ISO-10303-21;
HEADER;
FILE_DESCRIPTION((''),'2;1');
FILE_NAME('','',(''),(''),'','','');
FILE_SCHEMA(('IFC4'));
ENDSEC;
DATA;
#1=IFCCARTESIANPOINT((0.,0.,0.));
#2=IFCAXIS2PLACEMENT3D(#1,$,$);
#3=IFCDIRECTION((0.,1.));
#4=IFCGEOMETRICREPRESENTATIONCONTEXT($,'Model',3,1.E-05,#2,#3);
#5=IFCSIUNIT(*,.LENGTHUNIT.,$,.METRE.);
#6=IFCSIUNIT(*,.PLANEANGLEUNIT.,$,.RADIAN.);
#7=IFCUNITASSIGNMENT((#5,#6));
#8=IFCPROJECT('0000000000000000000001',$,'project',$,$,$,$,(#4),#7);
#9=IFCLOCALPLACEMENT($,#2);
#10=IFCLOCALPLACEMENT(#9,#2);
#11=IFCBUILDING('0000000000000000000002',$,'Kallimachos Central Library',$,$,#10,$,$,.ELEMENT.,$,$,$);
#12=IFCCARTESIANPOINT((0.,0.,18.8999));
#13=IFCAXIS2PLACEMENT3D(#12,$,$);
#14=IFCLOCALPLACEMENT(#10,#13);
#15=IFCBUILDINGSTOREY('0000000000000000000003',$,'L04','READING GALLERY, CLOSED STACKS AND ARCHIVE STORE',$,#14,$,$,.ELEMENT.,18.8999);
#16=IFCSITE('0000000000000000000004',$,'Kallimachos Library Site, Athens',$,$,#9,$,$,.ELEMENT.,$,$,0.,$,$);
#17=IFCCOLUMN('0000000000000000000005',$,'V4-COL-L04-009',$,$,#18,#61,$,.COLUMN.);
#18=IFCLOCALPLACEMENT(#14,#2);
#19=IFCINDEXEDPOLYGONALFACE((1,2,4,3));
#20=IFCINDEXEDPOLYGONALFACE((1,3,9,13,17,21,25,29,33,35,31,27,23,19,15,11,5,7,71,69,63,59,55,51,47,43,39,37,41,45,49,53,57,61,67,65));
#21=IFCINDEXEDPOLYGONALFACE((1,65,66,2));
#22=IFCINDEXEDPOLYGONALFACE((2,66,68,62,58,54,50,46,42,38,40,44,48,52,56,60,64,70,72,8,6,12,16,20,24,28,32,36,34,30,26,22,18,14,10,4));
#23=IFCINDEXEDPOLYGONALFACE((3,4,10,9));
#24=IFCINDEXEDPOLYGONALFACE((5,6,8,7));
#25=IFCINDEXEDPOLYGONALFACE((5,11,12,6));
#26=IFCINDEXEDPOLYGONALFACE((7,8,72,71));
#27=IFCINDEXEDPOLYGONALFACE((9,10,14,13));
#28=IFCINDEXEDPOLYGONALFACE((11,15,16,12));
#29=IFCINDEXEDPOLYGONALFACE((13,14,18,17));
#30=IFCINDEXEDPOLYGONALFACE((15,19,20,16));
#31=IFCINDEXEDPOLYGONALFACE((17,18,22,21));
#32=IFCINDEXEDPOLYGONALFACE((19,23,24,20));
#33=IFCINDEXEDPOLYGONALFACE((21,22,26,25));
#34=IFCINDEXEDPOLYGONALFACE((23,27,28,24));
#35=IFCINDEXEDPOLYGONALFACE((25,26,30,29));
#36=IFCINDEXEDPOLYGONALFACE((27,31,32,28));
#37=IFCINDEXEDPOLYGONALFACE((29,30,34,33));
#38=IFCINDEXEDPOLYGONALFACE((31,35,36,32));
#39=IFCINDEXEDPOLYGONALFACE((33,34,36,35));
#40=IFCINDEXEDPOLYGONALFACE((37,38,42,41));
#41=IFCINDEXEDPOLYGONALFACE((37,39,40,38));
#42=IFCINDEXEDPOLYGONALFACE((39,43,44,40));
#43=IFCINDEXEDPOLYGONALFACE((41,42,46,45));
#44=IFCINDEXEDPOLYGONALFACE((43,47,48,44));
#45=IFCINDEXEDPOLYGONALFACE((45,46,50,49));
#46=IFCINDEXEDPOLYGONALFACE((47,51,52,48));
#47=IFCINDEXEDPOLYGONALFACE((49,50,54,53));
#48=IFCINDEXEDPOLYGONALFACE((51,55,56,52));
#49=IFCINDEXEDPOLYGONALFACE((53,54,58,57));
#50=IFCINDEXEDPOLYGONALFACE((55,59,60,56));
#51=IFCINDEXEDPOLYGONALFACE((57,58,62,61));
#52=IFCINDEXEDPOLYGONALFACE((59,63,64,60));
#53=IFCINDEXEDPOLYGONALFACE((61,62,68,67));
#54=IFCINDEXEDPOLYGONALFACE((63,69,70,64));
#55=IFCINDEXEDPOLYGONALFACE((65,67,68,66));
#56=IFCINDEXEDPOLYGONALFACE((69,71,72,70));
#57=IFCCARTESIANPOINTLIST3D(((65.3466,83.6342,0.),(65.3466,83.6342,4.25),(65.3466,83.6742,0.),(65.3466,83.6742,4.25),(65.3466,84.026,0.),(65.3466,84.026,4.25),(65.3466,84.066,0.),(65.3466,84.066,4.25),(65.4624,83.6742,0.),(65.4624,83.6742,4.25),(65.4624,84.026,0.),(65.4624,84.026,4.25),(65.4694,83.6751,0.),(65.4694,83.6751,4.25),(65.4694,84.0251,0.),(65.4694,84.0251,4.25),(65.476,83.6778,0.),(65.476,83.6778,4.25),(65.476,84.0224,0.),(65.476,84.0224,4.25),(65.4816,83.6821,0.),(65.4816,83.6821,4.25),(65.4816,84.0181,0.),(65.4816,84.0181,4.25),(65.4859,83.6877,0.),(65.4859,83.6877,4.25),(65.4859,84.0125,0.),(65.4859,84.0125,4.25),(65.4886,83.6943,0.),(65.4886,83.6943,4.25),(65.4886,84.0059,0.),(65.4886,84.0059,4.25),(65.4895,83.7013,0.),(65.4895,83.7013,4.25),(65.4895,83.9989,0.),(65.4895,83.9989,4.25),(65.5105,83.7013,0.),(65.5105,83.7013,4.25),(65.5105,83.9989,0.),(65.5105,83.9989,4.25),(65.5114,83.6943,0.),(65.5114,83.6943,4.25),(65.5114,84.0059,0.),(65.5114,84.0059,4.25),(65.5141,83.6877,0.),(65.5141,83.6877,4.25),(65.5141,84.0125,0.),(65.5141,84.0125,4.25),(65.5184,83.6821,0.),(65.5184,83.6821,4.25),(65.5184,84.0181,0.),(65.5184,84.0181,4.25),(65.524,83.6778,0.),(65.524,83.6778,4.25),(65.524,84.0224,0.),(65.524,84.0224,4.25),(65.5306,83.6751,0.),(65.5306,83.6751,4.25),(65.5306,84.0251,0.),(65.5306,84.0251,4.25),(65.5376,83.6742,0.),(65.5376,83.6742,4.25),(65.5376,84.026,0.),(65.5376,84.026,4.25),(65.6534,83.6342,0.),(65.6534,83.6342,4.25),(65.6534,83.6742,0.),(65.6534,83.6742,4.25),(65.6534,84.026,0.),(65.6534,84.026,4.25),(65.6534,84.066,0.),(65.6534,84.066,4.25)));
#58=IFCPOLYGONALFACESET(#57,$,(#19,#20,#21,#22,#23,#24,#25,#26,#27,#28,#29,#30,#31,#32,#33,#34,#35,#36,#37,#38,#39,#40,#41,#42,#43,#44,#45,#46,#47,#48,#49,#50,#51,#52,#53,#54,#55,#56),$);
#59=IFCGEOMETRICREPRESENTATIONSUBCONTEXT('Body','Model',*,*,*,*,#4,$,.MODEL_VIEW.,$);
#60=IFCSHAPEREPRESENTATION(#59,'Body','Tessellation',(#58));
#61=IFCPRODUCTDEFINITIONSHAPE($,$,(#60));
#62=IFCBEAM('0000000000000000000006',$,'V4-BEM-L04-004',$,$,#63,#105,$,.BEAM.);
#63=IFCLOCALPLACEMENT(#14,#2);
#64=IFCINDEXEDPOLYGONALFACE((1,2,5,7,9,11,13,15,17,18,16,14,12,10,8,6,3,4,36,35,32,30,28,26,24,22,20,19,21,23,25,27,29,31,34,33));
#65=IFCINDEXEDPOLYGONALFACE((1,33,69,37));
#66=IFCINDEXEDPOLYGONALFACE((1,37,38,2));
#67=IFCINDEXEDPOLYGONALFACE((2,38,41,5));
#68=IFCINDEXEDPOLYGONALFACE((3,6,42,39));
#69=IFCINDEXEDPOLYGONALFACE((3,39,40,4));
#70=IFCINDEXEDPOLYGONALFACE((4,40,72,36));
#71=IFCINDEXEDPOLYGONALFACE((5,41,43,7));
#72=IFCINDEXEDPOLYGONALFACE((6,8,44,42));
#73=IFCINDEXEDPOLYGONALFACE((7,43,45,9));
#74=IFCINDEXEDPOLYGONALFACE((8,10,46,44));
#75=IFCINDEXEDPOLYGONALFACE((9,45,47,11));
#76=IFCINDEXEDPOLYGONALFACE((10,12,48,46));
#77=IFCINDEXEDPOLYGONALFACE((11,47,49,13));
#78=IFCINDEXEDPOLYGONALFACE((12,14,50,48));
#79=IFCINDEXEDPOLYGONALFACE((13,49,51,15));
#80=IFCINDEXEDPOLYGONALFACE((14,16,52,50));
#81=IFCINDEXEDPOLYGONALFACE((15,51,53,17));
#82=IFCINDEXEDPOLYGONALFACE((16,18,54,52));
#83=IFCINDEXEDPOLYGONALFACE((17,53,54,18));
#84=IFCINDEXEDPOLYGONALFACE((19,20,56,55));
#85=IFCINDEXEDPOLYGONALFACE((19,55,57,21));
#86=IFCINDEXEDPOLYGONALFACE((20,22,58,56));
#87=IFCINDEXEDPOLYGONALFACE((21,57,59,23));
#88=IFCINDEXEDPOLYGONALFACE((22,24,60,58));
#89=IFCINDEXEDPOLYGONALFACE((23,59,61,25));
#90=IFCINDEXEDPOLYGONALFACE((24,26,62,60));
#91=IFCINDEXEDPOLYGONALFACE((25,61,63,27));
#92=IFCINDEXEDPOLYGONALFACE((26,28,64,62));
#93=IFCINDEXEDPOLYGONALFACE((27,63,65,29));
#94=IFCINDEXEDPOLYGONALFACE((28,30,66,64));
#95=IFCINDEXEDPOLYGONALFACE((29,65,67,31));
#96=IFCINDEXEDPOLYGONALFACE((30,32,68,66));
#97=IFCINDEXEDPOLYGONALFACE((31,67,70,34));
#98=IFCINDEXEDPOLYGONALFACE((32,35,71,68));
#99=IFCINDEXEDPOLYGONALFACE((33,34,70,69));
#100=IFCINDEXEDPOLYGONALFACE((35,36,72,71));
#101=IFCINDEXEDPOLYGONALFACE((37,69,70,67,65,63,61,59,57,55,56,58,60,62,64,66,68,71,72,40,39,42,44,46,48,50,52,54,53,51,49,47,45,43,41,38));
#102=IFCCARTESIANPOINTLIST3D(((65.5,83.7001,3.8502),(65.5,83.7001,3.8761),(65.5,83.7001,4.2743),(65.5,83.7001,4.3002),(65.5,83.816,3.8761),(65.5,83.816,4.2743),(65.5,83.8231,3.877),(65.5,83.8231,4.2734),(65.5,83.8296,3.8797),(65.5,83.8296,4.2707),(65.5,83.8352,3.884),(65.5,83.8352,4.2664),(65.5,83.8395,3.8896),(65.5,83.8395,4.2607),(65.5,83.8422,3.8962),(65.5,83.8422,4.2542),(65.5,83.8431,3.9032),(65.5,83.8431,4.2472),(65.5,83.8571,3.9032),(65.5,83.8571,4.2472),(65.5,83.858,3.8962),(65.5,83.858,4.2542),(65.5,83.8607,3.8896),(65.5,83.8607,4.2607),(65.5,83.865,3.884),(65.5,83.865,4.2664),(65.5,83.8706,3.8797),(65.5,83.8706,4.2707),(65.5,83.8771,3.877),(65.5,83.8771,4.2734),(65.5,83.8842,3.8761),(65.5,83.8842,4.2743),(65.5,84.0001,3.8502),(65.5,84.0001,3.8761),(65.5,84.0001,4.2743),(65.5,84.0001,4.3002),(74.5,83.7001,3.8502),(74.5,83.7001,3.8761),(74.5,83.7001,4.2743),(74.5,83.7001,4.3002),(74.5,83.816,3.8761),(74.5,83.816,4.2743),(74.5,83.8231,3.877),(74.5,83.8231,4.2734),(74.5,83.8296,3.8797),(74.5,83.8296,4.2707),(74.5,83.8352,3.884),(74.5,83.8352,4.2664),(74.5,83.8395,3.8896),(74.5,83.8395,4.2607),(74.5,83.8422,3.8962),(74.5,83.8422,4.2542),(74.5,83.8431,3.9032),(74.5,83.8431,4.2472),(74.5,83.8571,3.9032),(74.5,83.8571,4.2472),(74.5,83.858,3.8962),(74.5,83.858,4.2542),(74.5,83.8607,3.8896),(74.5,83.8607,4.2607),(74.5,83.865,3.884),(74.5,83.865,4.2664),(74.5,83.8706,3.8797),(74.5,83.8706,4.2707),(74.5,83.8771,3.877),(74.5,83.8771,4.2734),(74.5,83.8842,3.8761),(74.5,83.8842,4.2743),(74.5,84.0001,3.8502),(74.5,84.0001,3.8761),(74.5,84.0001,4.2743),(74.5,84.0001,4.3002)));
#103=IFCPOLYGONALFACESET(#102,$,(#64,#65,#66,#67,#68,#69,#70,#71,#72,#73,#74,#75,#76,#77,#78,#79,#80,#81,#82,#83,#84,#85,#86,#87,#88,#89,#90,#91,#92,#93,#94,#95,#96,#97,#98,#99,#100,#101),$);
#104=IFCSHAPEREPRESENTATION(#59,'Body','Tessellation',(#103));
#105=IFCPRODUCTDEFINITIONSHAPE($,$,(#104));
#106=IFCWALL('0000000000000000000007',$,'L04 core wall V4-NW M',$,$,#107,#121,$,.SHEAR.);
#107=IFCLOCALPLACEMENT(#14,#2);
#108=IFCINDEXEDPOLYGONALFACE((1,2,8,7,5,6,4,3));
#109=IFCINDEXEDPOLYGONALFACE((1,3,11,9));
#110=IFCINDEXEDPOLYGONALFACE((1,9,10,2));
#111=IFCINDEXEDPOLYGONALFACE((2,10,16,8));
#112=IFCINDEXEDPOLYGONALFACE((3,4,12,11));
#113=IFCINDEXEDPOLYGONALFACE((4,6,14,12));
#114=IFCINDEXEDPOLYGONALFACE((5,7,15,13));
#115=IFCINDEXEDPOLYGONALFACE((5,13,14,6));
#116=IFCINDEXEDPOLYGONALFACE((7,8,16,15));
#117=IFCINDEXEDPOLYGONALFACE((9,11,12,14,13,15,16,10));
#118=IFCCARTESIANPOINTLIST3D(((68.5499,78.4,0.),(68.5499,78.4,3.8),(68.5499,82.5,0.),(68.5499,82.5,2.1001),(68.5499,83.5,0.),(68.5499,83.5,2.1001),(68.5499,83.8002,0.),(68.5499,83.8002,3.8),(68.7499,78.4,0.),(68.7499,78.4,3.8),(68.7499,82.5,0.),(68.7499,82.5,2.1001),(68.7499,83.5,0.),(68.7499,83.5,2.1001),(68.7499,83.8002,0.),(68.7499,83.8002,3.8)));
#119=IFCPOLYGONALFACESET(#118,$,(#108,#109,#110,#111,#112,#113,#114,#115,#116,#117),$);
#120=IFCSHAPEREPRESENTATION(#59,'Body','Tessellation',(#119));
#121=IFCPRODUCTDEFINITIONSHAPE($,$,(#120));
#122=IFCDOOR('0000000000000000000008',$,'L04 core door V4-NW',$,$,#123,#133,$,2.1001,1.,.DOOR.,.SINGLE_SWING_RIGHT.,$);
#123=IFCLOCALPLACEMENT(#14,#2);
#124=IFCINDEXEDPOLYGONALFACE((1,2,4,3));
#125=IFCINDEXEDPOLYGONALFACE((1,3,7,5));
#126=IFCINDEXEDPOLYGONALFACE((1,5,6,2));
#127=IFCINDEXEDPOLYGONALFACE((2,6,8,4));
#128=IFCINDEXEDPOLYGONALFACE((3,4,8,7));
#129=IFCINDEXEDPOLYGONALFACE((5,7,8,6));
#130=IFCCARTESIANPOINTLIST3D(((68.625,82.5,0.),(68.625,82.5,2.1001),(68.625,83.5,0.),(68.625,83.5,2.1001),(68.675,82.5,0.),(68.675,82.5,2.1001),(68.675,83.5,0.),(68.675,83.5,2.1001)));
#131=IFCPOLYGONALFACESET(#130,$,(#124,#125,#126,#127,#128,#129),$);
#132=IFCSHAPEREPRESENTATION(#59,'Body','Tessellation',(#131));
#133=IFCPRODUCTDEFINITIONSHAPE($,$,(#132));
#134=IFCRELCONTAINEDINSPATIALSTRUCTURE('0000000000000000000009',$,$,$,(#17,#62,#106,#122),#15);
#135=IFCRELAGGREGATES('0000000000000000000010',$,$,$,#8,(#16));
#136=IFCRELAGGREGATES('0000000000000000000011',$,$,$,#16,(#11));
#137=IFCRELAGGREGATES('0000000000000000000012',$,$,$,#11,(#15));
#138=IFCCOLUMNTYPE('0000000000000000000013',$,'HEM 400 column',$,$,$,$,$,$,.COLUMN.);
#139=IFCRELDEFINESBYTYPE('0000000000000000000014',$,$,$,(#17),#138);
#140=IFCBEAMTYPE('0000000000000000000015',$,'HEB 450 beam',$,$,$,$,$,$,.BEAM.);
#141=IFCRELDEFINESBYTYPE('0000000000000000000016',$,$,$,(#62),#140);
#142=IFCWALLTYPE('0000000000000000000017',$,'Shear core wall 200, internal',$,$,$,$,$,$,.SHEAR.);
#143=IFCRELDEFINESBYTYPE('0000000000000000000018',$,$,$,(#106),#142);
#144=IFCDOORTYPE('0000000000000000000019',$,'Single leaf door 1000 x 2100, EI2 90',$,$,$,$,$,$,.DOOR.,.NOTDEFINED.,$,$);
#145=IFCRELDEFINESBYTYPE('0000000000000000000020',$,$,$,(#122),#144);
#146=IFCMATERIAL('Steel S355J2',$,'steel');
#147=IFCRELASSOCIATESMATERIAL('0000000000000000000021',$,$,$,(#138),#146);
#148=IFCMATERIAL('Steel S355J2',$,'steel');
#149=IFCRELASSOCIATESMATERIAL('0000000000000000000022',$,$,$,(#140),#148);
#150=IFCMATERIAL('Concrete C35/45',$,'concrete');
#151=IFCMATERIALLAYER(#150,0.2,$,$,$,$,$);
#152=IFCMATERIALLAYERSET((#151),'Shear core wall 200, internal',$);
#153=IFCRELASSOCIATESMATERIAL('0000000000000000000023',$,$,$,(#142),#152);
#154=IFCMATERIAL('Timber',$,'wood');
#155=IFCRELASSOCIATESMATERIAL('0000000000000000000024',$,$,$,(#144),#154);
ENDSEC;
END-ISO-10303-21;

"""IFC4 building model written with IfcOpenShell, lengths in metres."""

from ifc_helpers import new_model, si_unit, direction, frame, frame_2d, origin, origin_2d, place, context, subcontext, project, spatial, rectangle, i_section, extrude, material, layer, layer_set, material_profile, profile_set, type_object, element, fill, save


model = new_model("IFC4")

# Units and contexts
model_context = context("Model", 3, precision=1e-05, world=origin(), true_north=direction((0.0, 1.0)))
body_context = subcontext(model_context, "Body", "Model", "MODEL_VIEW")
ifc_project = project(units=[si_unit("LENGTHUNIT", "METRE"), si_unit("PLANEANGLEUNIT", "RADIAN")], contexts=[model_context])

# Site, building, storey
site_placement = place(None, origin())
site = spatial("IfcSite", under=ifc_project, at=site_placement, Name="Kallimachos Library Site, Athens", CompositionType="ELEMENT", RefElevation=0.0)
building_placement = place(site_placement, origin())
building = spatial("IfcBuilding", under=site, at=building_placement, Name="Kallimachos Central Library", CompositionType="ELEMENT")
storey_placement = place(building_placement, frame((0.0, 0.0, 18.8999)))
storey = spatial("IfcBuildingStorey", under=building, at=storey_placement, Name="L04", Description="READING GALLERY, CLOSED STACKS AND ARCHIVE STORE", CompositionType="ELEMENT", Elevation=18.8999)

# Column
ifc_material_1 = material(Name="Steel S355J2", Category="steel")
ifc_material_profile_1 = material_profile(ifc_material_1, i_section(OverallWidth=0.3069, OverallDepth=0.4319, WebThickness=0.021, FlangeThickness=0.04, FilletRadius=0.0271, at=origin_2d()), Name="HEM 400")
ifc_profile_set_1 = profile_set([ifc_material_profile_1], Name="Steel S355J2")
column_type = type_object("IfcColumnType", Name="HEM 400 column", PredefinedType="COLUMN", material=ifc_profile_set_1)
column_placement = place(storey_placement, frame((65.5, 83.8501, 0.0), z_axis=(0.0, 0.0, 1.0), x_axis=(1.0, 0.0, 0.0)))
element("IfcColumn", 1, at=column_placement, inside=storey, type_object=column_type, Name="V4-COL-L04-009", PredefinedType="COLUMN", context=body_context, shape_type="SweptSolid", body=[
    extrude(i_section(OverallWidth=0.3069, OverallDepth=0.4319, WebThickness=0.021, FlangeThickness=0.04, FilletRadius=0.0271, at=origin_2d()), origin(), (0.0, 0.0, 1.0), 4.25),
])

# Beam
ifc_material_2 = material(Name="Steel S355J2", Category="steel")
ifc_material_profile_2 = material_profile(ifc_material_2, i_section(OverallWidth=0.3, OverallDepth=0.45, WebThickness=0.0139, FlangeThickness=0.0259, FilletRadius=0.0271, at=origin_2d()), Name="HEB 450")
ifc_profile_set_2 = profile_set([ifc_material_profile_2], Name="Steel S355J2")
beam_type = type_object("IfcBeamType", Name="HEB 450 beam", PredefinedType="BEAM", material=ifc_profile_set_2)
beam_placement = place(storey_placement, frame((65.5, 83.8501, 4.0752), z_axis=(1.0, 0.0, 0.0), x_axis=(0.0, 1.0, 0.0)))
element("IfcBeam", 2, at=beam_placement, inside=storey, type_object=beam_type, Name="V4-BEM-L04-004", PredefinedType="BEAM", context=body_context, shape_type="SweptSolid", body=[
    extrude(i_section(OverallWidth=0.3, OverallDepth=0.45, WebThickness=0.0139, FlangeThickness=0.0259, FilletRadius=0.0271, at=origin_2d()), origin(), (0.0, 0.0, 1.0), 9.0),
])

# Wall, opening, door
ifc_material_3 = material(Name="Concrete C35/45", Category="concrete")
ifc_layer_1 = layer(ifc_material_3, 0.2)
ifc_layer_set_1 = layer_set([ifc_layer_1], Name="Shear core wall 200, internal")
wall_type_1 = type_object("IfcWallType", Name="Shear core wall 200, internal", PredefinedType="SHEAR", material=ifc_layer_set_1)
wall_1_placement = place(storey_placement, frame((68.6499, 78.3999, 0.0), z_axis=(0.0, 0.0, 1.0), x_axis=(0.0, 1.0, 0.0)))
wall_1 = element("IfcWall", 3, at=wall_1_placement, inside=storey, type_object=wall_type_1, Name="L04 core wall V4-NW M", PredefinedType="SHEAR", context=body_context, shape_type="SweptSolid", body=[
    extrude(rectangle(XDim=5.4001, YDim=0.2, at=frame_2d((2.7002, 0.0))), origin(), (0.0, 0.0, 1.0), 3.8),
])
opening_1_placement = place(wall_1_placement, frame((4.1001, 0.0, 0.0)))
opening_1 = element("IfcOpeningElement", 4, at=opening_1_placement, cuts=wall_1, PredefinedType="OPENING", context=body_context, shape_type="SweptSolid", body=[
    extrude(rectangle(XDim=1.0, YDim=2.1001, at=frame_2d((0.5, 1.05))), frame((0.0, 0.1099, 0.0), z_axis=(0.0, -1.0, 0.0), x_axis=(1.0, 0.0, 0.0)), (0.0, 0.0, 1.0), 0.22),
])
ifc_material_4 = material(Name="Timber", Category="wood")
door_type = type_object("IfcDoorType", Name="Single leaf door 1000 x 2100, EI2 90", OperationType="NOTDEFINED", PredefinedType="DOOR", material=ifc_material_4)
door_placement = place(opening_1_placement, origin())
door = element("IfcDoor", 5, at=door_placement, inside=storey, type_object=door_type, Name="L04 core door V4-NW", OperationType="SINGLE_SWING_RIGHT", OverallHeight=2.1001, OverallWidth=1.0, PredefinedType="DOOR", context=body_context, shape_type="SweptSolid", body=[
    extrude(rectangle(XDim=1.0, YDim=2.1001, at=frame_2d((0.5, 1.05))), frame((0.0, 0.0249, 0.0), z_axis=(0.0, -1.0, 0.0), x_axis=(1.0, 0.0, 0.0)), (0.0, 0.0, 1.0), 0.05),
])
fill(opening_1, door)

save(model, "model.ifc")
